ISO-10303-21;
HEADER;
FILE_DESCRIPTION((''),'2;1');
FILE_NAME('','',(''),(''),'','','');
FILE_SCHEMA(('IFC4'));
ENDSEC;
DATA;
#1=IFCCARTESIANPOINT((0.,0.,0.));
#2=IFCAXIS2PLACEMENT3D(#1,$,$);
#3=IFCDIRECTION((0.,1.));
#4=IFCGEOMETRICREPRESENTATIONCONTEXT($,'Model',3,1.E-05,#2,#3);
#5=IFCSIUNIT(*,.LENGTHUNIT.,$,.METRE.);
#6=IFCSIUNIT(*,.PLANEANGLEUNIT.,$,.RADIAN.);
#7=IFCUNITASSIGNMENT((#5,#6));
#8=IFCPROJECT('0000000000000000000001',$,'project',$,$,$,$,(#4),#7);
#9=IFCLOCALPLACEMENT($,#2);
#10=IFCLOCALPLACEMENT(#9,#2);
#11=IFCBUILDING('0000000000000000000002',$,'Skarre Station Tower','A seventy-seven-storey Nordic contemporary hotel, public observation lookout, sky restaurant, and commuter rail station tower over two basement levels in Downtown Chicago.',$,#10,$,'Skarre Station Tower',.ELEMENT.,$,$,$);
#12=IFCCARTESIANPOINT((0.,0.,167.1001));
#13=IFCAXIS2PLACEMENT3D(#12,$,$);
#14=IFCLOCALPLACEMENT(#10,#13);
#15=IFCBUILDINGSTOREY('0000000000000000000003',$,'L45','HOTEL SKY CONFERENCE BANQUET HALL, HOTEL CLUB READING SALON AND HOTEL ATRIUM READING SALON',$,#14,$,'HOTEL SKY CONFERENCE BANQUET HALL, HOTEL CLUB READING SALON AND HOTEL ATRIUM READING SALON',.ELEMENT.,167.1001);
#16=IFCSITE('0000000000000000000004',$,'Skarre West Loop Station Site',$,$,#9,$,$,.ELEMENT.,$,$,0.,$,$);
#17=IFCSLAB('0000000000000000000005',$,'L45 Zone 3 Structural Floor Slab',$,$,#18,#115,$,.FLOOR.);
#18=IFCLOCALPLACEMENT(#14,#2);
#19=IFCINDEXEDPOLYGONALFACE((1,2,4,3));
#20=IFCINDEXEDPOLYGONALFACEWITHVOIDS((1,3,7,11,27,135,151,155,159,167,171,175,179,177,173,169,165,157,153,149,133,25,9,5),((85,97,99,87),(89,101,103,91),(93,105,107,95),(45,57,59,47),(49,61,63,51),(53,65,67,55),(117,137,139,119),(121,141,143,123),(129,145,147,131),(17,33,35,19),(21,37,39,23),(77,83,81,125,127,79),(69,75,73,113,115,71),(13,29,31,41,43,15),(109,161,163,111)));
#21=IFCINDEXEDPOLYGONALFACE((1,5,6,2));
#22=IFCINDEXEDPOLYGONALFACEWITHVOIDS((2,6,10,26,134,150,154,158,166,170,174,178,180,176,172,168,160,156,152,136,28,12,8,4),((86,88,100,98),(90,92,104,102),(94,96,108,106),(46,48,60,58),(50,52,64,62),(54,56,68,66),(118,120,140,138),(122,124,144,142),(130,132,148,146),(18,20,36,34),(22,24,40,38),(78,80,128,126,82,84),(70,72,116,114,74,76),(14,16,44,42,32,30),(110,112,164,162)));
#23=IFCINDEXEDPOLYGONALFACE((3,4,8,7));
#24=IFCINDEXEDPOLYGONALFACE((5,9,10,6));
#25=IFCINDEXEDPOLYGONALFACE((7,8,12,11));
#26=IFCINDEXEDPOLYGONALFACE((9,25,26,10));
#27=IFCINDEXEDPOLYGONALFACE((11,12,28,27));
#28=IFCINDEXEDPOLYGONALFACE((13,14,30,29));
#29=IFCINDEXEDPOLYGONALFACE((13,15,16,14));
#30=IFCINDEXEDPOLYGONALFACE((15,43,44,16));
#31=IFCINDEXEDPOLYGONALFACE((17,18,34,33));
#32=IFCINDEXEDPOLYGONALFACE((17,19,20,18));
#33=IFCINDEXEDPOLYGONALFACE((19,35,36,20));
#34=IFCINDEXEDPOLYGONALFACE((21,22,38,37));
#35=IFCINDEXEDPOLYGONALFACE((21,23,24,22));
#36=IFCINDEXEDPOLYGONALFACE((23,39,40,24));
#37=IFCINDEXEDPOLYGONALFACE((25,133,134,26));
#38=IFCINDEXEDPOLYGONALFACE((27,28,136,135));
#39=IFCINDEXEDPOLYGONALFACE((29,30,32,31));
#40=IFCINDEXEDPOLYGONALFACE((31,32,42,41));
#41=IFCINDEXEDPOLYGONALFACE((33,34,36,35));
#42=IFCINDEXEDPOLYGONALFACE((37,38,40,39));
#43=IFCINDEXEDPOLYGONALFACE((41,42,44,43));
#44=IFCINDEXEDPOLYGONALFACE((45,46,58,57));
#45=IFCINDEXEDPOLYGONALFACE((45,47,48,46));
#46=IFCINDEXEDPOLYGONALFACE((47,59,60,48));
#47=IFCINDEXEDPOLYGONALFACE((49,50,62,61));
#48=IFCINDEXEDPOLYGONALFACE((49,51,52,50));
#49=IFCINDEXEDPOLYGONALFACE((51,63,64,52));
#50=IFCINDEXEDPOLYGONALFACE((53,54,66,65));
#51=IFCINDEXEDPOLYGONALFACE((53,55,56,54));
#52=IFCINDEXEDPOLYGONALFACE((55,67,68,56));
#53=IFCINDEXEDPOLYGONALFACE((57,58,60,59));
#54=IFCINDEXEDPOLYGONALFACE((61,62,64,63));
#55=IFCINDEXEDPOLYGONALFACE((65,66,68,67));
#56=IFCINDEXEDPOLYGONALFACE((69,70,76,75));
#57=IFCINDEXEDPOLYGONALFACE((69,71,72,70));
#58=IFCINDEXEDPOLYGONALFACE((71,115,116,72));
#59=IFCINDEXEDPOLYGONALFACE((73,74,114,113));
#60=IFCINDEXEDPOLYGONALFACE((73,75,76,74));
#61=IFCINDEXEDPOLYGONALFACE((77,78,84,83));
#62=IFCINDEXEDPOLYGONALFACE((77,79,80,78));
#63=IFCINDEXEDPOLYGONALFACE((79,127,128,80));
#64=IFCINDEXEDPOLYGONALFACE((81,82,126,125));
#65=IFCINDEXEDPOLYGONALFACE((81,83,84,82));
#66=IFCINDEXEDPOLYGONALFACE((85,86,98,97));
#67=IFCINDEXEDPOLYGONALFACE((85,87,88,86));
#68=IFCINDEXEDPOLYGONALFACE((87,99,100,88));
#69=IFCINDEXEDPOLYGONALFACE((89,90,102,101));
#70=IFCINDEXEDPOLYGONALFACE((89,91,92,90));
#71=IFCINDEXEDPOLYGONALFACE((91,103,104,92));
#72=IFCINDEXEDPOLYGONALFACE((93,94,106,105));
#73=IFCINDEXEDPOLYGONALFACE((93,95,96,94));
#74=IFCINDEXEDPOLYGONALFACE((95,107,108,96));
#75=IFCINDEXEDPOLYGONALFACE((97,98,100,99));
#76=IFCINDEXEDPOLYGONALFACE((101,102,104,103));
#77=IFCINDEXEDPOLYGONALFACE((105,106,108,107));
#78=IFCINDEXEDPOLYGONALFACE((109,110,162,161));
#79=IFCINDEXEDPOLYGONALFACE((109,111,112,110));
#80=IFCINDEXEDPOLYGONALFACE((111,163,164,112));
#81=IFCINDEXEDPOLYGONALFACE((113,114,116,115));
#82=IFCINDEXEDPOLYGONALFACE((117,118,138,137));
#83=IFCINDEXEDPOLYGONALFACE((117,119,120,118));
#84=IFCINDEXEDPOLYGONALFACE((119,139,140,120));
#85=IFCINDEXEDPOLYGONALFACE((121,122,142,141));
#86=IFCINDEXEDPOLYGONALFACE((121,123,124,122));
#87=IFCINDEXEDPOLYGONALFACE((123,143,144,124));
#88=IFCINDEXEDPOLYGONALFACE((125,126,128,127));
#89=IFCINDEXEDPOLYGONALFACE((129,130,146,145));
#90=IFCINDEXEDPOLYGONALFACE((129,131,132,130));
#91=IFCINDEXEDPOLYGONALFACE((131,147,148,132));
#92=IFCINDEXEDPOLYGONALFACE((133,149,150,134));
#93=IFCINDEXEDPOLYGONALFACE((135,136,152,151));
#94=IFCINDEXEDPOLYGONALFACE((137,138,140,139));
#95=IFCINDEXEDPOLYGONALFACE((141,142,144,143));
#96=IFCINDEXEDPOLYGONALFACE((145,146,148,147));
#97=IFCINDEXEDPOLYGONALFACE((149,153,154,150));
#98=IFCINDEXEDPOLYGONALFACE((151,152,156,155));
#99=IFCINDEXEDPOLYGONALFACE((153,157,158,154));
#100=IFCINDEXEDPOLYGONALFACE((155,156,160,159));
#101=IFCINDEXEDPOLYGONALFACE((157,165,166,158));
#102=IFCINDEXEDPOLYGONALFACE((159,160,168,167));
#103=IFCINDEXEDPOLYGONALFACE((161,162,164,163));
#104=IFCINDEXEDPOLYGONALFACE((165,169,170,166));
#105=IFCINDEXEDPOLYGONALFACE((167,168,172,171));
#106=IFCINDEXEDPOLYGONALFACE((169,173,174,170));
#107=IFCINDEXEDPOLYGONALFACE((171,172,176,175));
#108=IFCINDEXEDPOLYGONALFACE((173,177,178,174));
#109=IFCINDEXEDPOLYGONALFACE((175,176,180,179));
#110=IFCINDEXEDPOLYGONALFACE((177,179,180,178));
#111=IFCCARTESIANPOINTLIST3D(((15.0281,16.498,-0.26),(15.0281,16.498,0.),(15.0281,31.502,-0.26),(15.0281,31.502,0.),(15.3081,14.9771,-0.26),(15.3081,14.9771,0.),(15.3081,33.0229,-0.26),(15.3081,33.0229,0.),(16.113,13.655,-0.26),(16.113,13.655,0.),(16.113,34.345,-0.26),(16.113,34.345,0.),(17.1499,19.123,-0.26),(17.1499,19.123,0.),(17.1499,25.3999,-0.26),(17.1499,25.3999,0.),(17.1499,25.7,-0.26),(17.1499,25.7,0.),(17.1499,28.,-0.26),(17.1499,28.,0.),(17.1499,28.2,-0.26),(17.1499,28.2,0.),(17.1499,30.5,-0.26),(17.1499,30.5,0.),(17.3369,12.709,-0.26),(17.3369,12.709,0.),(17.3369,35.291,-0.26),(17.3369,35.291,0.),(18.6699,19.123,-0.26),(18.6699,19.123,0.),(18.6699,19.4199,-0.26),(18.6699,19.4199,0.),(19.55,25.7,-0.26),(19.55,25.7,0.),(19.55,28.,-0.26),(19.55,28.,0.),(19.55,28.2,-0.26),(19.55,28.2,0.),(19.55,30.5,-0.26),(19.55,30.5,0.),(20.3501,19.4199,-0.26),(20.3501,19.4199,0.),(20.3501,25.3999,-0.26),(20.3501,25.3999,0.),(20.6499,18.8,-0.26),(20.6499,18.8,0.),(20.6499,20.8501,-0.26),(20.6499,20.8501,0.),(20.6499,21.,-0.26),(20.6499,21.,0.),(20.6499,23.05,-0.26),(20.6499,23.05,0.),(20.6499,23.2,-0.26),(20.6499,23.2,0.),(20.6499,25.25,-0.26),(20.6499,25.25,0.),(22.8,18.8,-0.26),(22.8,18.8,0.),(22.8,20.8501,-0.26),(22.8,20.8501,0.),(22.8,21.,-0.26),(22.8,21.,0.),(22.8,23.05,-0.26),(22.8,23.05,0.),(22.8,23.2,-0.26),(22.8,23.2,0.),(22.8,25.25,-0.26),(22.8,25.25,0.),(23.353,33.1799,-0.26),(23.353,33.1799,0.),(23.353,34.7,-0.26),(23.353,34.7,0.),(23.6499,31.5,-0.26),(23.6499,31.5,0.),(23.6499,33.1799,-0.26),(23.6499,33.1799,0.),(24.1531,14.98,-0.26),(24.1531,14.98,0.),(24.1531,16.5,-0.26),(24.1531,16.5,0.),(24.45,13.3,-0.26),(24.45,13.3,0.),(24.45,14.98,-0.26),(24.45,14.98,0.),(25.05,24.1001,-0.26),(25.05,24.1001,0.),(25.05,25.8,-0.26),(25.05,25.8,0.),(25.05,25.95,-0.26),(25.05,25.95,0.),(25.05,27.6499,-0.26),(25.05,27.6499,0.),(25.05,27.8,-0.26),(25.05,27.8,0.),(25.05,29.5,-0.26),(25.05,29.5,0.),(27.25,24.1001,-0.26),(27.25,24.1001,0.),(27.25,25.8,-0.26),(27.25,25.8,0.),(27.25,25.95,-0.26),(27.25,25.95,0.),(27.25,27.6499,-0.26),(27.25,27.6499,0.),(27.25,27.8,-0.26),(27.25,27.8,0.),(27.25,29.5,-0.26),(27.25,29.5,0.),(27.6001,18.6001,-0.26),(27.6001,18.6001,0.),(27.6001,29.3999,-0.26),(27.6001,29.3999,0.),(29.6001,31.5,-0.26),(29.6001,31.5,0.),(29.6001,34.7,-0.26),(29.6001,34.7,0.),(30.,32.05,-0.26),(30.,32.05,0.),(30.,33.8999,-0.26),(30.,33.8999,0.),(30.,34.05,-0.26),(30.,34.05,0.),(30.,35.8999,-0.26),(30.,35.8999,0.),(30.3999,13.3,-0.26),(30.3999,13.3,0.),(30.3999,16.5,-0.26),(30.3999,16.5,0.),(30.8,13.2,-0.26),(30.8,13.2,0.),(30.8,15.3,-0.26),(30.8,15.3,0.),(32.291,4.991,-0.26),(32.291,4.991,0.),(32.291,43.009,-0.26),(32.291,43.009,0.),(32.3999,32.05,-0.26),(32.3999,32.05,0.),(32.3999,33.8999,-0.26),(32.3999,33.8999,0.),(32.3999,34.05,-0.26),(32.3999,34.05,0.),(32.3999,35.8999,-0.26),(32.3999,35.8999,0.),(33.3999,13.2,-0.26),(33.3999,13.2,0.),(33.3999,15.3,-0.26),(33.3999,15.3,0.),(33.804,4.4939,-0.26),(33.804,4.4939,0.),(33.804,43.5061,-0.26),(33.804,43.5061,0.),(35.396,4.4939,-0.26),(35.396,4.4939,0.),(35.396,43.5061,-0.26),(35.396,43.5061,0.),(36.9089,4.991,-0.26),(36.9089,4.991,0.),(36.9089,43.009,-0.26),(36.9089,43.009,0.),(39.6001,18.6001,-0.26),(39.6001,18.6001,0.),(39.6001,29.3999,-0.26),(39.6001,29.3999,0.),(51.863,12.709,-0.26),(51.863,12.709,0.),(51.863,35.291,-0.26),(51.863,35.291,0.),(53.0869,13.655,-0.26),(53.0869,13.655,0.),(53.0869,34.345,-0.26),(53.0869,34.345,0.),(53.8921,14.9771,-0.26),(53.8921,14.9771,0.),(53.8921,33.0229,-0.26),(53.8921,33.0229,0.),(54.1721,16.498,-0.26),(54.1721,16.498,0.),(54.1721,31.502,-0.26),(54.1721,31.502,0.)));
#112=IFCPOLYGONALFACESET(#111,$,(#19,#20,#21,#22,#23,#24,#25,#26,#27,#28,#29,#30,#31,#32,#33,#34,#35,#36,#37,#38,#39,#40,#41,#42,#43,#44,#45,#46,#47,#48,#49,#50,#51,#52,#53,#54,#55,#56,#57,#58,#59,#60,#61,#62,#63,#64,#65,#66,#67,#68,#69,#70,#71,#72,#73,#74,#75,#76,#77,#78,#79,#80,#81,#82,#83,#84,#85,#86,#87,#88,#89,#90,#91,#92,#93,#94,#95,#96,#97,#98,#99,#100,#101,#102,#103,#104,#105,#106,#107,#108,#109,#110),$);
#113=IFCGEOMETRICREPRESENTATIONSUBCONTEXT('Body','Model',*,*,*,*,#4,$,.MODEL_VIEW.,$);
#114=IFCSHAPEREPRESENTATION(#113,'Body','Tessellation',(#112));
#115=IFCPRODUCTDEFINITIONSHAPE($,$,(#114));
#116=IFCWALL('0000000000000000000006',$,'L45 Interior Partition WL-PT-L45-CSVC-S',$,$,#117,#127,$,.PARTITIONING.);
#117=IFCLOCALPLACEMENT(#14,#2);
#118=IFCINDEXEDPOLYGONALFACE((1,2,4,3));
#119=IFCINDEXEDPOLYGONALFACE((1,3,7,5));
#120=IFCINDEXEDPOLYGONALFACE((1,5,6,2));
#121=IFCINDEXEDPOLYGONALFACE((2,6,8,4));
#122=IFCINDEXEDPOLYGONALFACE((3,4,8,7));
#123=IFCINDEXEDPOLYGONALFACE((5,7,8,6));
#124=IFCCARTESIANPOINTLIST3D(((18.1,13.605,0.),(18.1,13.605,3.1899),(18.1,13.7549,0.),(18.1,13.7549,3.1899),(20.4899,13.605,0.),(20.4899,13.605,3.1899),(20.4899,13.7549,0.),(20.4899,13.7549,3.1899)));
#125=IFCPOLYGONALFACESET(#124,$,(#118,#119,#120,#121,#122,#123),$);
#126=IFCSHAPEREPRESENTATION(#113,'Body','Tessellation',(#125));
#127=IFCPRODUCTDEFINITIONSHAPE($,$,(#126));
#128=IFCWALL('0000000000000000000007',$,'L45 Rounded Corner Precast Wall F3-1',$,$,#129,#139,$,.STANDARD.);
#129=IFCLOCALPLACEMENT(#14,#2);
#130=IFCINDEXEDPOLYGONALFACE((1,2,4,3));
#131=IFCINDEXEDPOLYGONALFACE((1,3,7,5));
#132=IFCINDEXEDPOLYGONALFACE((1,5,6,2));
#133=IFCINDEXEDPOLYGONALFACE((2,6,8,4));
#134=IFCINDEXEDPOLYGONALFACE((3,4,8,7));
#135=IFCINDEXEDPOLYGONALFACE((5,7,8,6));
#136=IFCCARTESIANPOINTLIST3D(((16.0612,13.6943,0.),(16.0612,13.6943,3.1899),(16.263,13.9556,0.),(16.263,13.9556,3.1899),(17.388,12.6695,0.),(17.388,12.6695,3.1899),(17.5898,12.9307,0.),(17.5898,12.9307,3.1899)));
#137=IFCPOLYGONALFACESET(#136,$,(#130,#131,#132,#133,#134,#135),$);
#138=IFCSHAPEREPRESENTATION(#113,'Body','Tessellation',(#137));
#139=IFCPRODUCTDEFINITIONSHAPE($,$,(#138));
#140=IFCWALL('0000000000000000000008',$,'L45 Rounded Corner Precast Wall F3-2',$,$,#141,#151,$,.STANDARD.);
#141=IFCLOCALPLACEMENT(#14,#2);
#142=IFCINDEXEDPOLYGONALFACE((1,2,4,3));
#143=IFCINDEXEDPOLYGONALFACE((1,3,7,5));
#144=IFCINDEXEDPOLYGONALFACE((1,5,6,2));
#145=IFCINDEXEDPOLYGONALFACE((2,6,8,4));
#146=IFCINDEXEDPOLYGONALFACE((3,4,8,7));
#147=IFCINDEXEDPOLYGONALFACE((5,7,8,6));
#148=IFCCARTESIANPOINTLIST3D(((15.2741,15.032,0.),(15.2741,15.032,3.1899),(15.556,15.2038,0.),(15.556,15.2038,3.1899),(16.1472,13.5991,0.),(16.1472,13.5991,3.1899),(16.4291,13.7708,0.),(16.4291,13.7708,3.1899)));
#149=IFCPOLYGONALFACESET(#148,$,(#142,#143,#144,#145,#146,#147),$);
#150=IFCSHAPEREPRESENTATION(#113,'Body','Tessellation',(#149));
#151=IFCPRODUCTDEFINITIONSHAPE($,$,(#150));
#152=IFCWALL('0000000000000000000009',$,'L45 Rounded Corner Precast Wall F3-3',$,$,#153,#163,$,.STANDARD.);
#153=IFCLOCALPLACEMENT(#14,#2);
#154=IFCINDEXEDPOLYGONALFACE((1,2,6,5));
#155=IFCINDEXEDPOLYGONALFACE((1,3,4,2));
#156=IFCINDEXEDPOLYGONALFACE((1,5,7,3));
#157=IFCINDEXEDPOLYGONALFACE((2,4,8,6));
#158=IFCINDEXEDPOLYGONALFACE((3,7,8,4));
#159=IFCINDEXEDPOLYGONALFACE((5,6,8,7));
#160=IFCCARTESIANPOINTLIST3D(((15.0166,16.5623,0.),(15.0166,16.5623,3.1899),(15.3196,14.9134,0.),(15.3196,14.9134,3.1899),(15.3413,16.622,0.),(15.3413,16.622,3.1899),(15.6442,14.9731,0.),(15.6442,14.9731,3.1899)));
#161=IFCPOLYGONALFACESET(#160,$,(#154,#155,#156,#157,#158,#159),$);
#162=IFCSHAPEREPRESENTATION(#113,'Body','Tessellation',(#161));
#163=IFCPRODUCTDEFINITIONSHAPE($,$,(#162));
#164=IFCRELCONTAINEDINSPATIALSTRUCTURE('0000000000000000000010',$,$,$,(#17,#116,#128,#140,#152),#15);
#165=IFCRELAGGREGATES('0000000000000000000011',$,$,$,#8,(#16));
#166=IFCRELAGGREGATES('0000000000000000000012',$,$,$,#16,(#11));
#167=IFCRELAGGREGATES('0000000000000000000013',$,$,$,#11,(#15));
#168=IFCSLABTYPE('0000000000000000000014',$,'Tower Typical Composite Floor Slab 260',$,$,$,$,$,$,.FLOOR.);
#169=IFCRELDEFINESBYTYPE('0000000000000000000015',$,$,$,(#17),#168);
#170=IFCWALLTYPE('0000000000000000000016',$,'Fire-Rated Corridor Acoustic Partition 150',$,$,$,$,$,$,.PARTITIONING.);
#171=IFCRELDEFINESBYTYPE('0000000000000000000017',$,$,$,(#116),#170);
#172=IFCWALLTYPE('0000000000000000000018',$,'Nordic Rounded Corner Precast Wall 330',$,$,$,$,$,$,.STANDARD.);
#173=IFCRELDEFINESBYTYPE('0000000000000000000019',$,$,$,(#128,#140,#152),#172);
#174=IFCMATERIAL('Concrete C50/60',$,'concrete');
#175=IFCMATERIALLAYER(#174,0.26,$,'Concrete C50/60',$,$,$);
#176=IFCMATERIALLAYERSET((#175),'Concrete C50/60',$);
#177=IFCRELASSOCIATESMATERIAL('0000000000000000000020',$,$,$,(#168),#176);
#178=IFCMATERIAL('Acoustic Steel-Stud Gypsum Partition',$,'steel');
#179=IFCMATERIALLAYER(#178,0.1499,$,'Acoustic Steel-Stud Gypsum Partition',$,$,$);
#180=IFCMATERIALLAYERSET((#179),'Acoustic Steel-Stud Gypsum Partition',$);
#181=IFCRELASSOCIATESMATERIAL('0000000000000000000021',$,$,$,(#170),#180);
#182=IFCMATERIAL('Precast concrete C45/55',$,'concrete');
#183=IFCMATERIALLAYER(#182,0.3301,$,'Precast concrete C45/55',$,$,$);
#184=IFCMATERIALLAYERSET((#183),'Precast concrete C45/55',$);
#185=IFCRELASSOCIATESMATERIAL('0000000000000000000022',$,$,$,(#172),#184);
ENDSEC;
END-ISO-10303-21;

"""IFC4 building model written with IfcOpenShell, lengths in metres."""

from ifc_helpers import new_model, si_unit, direction, frame, frame_2d, origin, place, context, subcontext, project, spatial, polyline, rectangle, outline, extrude, material, layer, layer_set, type_object, element, save


model = new_model("IFC4")

# Units and contexts
model_context = context("Model", 3, precision=1e-05, world=origin(), true_north=direction((0.0, 1.0)))
body_context = subcontext(model_context, "Body", "Model", "MODEL_VIEW")
ifc_project = project(units=[si_unit("LENGTHUNIT", "METRE"), si_unit("PLANEANGLEUNIT", "RADIAN")], contexts=[model_context])

# Site, building, storey
site_placement = place(None, origin())
site = spatial("IfcSite", under=ifc_project, at=site_placement, Name="Skarre West Loop Station Site", CompositionType="ELEMENT", RefElevation=0.0)
building_placement = place(site_placement, origin())
building = spatial("IfcBuilding", under=site, at=building_placement, Name="Skarre Station Tower", Description="A seventy-seven-storey Nordic contemporary hotel, public observation lookout, sky restaurant, and commuter rail station tower over two basement levels in Downtown Chicago.", LongName="Skarre Station Tower", CompositionType="ELEMENT")
storey_placement = place(building_placement, frame((0.0, 0.0, 167.1001)))
storey = spatial("IfcBuildingStorey", under=building, at=storey_placement, Name="L45", Description="HOTEL SKY CONFERENCE BANQUET HALL, HOTEL CLUB READING SALON AND HOTEL ATRIUM READING SALON", LongName="HOTEL SKY CONFERENCE BANQUET HALL, HOTEL CLUB READING SALON AND HOTEL ATRIUM READING SALON", CompositionType="ELEMENT", Elevation=167.1001)

# Slab
ifc_material_1 = material(Name="Concrete C50/60", Category="concrete")
ifc_layer_1 = layer(ifc_material_1, 0.26, Name="Concrete C50/60")
ifc_layer_set_1 = layer_set([ifc_layer_1], Name="Concrete C50/60")
slab_type_1 = type_object("IfcSlabType", Name="Tower Typical Composite Floor Slab 260", PredefinedType="FLOOR", material=ifc_layer_set_1)
slab_1_placement = place(storey_placement, frame((0.0, 0.0, -0.26)))
element("IfcSlab", 1, at=slab_1_placement, inside=storey, type_object=slab_type_1, Name="L45 Zone 3 Structural Floor Slab", PredefinedType="FLOOR", context=body_context, shape_type="SweptSolid", body=[
    extrude(outline(polyline([(54.1721, 31.502), (53.8921, 33.0229), (53.0869, 34.345), (51.863, 35.291), (36.9089, 43.009), (35.396, 43.5061), (33.804, 43.5061), (32.291, 43.009), (17.3369, 35.291), (16.113, 34.345), (15.3081, 33.0229), (15.0281, 31.502), (15.0281, 16.498), (15.3081, 14.9771), (16.113, 13.655), (17.3369, 12.709), (32.291, 4.991), (33.804, 4.4939), (35.396, 4.4939), (36.9089, 4.991), (51.863, 12.709), (53.0869, 13.655), (53.8921, 14.9771), (54.1721, 16.498), (54.1721, 31.502)]), holes=[polyline([(18.6699, 19.4199), (18.6699, 19.123), (17.1499, 19.123), (17.1499, 25.3999), (20.3501, 25.3999), (20.3501, 19.4199), (18.6699, 19.4199)]), polyline([(24.45, 14.98), (24.1531, 14.98), (24.1531, 16.5), (30.3999, 16.5), (30.3999, 13.3), (24.45, 13.3), (24.45, 14.98)]), polyline([(23.6499, 33.1799), (23.353, 33.1799), (23.353, 34.7), (29.6001, 34.7), (29.6001, 31.5), (23.6499, 31.5), (23.6499, 33.1799)]), polyline([(17.1499, 28.0), (19.55, 28.0), (19.55, 25.7), (17.1499, 25.7), (17.1499, 28.0)]), polyline([(17.1499, 30.5), (19.55, 30.5), (19.55, 28.2), (17.1499, 28.2), (17.1499, 30.5)]), polyline([(30.8, 15.3), (33.3999, 15.3), (33.3999, 13.2), (30.8, 13.2), (30.8, 15.3)]), polyline([(25.05, 25.8), (27.25, 25.8), (27.25, 24.1001), (25.05, 24.1001), (25.05, 25.8)]), polyline([(25.05, 27.6499), (27.25, 27.6499), (27.25, 25.95), (25.05, 25.95), (25.05, 27.6499)]), polyline([(25.05, 29.5), (27.25, 29.5), (27.25, 27.8), (25.05, 27.8), (25.05, 29.5)]), polyline([(20.6499, 20.8501), (22.8, 20.8501), (22.8, 18.8), (20.6499, 18.8), (20.6499, 20.8501)]), polyline([(20.6499, 23.05), (22.8, 23.05), (22.8, 21.0), (20.6499, 21.0), (20.6499, 23.05)]), polyline([(20.6499, 25.25), (22.8, 25.25), (22.8, 23.2), (20.6499, 23.2), (20.6499, 25.25)]), polyline([(30.0, 33.8999), (32.3999, 33.8999), (32.3999, 32.05), (30.0, 32.05), (30.0, 33.8999)]), polyline([(30.0, 35.8999), (32.3999, 35.8999), (32.3999, 34.05), (30.0, 34.05), (30.0, 35.8999)]), polyline([(27.6001, 29.3999), (39.6001, 29.3999), (39.6001, 18.6001), (27.6001, 18.6001), (27.6001, 29.3999)])]), origin(), (0.0, 0.0, 1.0), 0.26),
])

# Walls
ifc_material_2 = material(Name="Acoustic Steel-Stud Gypsum Partition", Category="steel")
ifc_layer_2 = layer(ifc_material_2, 0.1499, Name="Acoustic Steel-Stud Gypsum Partition")
ifc_layer_set_2 = layer_set([ifc_layer_2], Name="Acoustic Steel-Stud Gypsum Partition")
wall_type_1 = type_object("IfcWallType", Name="Fire-Rated Corridor Acoustic Partition 150", PredefinedType="PARTITIONING", material=ifc_layer_set_2)
wall_1_placement = place(storey_placement, frame((18.1001, 13.6799, 0.0), z_axis=(0.0, 0.0, 1.0), x_axis=(1.0, 0.0, 0.0)))
element("IfcWall", 2, at=wall_1_placement, inside=storey, type_object=wall_type_1, Name="L45 Interior Partition WL-PT-L45-CSVC-S", PredefinedType="PARTITIONING", context=body_context, shape_type="SweptSolid", body=[
    extrude(rectangle(XDim=2.3899, YDim=0.1499, at=frame_2d((1.1948, 0.0))), origin(), (0.0, 0.0, 1.0), 3.1899),
])
ifc_material_3 = material(Name="Precast concrete C45/55", Category="concrete")
ifc_layer_3 = layer(ifc_material_3, 0.3301, Name="Precast concrete C45/55")
ifc_layer_set_3 = layer_set([ifc_layer_3], Name="Precast concrete C45/55")
wall_type_2 = type_object("IfcWallType", Name="Nordic Rounded Corner Precast Wall 330", PredefinedType="STANDARD", material=ifc_layer_set_3)
wall_2_placement = place(storey_placement, frame((17.489, 12.8, 0.0), z_axis=(0.0, 0.0, 1.0), x_axis=(-0.79141, 0.611286, 0.0)))
element("IfcWall", 3, at=wall_2_placement, inside=storey, type_object=wall_type_2, Name="L45 Rounded Corner Precast Wall F3-1", PredefinedType="STANDARD", context=body_context, shape_type="SweptSolid", body=[
    extrude(rectangle(XDim=1.6765, YDim=0.3301, at=frame_2d((0.8384, 0.0))), origin(), (0.0, 0.0, 1.0), 3.1899),
])
wall_3_placement = place(storey_placement, frame((16.2881, 13.6851, 0.0), z_axis=(0.0, 0.0, 1.0), x_axis=(-0.520325, 0.853968, 0.0)))
element("IfcWall", 4, at=wall_3_placement, inside=storey, type_object=wall_type_2, Name="L45 Rounded Corner Precast Wall F3-2", PredefinedType="STANDARD", context=body_context, shape_type="SweptSolid", body=[
    extrude(rectangle(XDim=1.678, YDim=0.3301, at=frame_2d((0.8389, 0.0))), origin(), (0.0, 0.0, 1.0), 3.1899),
])
wall_4_placement = place(storey_placement, frame((15.4819, 14.9431, 0.0), z_axis=(0.0, 0.0, 1.0), x_axis=(-0.180718, 0.983535, 0.0)))
element("IfcWall", 5, at=wall_4_placement, inside=storey, type_object=wall_type_2, Name="L45 Rounded Corner Precast Wall F3-3", PredefinedType="STANDARD", context=body_context, shape_type="SweptSolid", body=[
    extrude(rectangle(XDim=1.6765, YDim=0.3301, at=frame_2d((0.8384, 0.0))), origin(), (0.0, 0.0, 1.0), 3.1899),
])

save(model, "model.ifc")
